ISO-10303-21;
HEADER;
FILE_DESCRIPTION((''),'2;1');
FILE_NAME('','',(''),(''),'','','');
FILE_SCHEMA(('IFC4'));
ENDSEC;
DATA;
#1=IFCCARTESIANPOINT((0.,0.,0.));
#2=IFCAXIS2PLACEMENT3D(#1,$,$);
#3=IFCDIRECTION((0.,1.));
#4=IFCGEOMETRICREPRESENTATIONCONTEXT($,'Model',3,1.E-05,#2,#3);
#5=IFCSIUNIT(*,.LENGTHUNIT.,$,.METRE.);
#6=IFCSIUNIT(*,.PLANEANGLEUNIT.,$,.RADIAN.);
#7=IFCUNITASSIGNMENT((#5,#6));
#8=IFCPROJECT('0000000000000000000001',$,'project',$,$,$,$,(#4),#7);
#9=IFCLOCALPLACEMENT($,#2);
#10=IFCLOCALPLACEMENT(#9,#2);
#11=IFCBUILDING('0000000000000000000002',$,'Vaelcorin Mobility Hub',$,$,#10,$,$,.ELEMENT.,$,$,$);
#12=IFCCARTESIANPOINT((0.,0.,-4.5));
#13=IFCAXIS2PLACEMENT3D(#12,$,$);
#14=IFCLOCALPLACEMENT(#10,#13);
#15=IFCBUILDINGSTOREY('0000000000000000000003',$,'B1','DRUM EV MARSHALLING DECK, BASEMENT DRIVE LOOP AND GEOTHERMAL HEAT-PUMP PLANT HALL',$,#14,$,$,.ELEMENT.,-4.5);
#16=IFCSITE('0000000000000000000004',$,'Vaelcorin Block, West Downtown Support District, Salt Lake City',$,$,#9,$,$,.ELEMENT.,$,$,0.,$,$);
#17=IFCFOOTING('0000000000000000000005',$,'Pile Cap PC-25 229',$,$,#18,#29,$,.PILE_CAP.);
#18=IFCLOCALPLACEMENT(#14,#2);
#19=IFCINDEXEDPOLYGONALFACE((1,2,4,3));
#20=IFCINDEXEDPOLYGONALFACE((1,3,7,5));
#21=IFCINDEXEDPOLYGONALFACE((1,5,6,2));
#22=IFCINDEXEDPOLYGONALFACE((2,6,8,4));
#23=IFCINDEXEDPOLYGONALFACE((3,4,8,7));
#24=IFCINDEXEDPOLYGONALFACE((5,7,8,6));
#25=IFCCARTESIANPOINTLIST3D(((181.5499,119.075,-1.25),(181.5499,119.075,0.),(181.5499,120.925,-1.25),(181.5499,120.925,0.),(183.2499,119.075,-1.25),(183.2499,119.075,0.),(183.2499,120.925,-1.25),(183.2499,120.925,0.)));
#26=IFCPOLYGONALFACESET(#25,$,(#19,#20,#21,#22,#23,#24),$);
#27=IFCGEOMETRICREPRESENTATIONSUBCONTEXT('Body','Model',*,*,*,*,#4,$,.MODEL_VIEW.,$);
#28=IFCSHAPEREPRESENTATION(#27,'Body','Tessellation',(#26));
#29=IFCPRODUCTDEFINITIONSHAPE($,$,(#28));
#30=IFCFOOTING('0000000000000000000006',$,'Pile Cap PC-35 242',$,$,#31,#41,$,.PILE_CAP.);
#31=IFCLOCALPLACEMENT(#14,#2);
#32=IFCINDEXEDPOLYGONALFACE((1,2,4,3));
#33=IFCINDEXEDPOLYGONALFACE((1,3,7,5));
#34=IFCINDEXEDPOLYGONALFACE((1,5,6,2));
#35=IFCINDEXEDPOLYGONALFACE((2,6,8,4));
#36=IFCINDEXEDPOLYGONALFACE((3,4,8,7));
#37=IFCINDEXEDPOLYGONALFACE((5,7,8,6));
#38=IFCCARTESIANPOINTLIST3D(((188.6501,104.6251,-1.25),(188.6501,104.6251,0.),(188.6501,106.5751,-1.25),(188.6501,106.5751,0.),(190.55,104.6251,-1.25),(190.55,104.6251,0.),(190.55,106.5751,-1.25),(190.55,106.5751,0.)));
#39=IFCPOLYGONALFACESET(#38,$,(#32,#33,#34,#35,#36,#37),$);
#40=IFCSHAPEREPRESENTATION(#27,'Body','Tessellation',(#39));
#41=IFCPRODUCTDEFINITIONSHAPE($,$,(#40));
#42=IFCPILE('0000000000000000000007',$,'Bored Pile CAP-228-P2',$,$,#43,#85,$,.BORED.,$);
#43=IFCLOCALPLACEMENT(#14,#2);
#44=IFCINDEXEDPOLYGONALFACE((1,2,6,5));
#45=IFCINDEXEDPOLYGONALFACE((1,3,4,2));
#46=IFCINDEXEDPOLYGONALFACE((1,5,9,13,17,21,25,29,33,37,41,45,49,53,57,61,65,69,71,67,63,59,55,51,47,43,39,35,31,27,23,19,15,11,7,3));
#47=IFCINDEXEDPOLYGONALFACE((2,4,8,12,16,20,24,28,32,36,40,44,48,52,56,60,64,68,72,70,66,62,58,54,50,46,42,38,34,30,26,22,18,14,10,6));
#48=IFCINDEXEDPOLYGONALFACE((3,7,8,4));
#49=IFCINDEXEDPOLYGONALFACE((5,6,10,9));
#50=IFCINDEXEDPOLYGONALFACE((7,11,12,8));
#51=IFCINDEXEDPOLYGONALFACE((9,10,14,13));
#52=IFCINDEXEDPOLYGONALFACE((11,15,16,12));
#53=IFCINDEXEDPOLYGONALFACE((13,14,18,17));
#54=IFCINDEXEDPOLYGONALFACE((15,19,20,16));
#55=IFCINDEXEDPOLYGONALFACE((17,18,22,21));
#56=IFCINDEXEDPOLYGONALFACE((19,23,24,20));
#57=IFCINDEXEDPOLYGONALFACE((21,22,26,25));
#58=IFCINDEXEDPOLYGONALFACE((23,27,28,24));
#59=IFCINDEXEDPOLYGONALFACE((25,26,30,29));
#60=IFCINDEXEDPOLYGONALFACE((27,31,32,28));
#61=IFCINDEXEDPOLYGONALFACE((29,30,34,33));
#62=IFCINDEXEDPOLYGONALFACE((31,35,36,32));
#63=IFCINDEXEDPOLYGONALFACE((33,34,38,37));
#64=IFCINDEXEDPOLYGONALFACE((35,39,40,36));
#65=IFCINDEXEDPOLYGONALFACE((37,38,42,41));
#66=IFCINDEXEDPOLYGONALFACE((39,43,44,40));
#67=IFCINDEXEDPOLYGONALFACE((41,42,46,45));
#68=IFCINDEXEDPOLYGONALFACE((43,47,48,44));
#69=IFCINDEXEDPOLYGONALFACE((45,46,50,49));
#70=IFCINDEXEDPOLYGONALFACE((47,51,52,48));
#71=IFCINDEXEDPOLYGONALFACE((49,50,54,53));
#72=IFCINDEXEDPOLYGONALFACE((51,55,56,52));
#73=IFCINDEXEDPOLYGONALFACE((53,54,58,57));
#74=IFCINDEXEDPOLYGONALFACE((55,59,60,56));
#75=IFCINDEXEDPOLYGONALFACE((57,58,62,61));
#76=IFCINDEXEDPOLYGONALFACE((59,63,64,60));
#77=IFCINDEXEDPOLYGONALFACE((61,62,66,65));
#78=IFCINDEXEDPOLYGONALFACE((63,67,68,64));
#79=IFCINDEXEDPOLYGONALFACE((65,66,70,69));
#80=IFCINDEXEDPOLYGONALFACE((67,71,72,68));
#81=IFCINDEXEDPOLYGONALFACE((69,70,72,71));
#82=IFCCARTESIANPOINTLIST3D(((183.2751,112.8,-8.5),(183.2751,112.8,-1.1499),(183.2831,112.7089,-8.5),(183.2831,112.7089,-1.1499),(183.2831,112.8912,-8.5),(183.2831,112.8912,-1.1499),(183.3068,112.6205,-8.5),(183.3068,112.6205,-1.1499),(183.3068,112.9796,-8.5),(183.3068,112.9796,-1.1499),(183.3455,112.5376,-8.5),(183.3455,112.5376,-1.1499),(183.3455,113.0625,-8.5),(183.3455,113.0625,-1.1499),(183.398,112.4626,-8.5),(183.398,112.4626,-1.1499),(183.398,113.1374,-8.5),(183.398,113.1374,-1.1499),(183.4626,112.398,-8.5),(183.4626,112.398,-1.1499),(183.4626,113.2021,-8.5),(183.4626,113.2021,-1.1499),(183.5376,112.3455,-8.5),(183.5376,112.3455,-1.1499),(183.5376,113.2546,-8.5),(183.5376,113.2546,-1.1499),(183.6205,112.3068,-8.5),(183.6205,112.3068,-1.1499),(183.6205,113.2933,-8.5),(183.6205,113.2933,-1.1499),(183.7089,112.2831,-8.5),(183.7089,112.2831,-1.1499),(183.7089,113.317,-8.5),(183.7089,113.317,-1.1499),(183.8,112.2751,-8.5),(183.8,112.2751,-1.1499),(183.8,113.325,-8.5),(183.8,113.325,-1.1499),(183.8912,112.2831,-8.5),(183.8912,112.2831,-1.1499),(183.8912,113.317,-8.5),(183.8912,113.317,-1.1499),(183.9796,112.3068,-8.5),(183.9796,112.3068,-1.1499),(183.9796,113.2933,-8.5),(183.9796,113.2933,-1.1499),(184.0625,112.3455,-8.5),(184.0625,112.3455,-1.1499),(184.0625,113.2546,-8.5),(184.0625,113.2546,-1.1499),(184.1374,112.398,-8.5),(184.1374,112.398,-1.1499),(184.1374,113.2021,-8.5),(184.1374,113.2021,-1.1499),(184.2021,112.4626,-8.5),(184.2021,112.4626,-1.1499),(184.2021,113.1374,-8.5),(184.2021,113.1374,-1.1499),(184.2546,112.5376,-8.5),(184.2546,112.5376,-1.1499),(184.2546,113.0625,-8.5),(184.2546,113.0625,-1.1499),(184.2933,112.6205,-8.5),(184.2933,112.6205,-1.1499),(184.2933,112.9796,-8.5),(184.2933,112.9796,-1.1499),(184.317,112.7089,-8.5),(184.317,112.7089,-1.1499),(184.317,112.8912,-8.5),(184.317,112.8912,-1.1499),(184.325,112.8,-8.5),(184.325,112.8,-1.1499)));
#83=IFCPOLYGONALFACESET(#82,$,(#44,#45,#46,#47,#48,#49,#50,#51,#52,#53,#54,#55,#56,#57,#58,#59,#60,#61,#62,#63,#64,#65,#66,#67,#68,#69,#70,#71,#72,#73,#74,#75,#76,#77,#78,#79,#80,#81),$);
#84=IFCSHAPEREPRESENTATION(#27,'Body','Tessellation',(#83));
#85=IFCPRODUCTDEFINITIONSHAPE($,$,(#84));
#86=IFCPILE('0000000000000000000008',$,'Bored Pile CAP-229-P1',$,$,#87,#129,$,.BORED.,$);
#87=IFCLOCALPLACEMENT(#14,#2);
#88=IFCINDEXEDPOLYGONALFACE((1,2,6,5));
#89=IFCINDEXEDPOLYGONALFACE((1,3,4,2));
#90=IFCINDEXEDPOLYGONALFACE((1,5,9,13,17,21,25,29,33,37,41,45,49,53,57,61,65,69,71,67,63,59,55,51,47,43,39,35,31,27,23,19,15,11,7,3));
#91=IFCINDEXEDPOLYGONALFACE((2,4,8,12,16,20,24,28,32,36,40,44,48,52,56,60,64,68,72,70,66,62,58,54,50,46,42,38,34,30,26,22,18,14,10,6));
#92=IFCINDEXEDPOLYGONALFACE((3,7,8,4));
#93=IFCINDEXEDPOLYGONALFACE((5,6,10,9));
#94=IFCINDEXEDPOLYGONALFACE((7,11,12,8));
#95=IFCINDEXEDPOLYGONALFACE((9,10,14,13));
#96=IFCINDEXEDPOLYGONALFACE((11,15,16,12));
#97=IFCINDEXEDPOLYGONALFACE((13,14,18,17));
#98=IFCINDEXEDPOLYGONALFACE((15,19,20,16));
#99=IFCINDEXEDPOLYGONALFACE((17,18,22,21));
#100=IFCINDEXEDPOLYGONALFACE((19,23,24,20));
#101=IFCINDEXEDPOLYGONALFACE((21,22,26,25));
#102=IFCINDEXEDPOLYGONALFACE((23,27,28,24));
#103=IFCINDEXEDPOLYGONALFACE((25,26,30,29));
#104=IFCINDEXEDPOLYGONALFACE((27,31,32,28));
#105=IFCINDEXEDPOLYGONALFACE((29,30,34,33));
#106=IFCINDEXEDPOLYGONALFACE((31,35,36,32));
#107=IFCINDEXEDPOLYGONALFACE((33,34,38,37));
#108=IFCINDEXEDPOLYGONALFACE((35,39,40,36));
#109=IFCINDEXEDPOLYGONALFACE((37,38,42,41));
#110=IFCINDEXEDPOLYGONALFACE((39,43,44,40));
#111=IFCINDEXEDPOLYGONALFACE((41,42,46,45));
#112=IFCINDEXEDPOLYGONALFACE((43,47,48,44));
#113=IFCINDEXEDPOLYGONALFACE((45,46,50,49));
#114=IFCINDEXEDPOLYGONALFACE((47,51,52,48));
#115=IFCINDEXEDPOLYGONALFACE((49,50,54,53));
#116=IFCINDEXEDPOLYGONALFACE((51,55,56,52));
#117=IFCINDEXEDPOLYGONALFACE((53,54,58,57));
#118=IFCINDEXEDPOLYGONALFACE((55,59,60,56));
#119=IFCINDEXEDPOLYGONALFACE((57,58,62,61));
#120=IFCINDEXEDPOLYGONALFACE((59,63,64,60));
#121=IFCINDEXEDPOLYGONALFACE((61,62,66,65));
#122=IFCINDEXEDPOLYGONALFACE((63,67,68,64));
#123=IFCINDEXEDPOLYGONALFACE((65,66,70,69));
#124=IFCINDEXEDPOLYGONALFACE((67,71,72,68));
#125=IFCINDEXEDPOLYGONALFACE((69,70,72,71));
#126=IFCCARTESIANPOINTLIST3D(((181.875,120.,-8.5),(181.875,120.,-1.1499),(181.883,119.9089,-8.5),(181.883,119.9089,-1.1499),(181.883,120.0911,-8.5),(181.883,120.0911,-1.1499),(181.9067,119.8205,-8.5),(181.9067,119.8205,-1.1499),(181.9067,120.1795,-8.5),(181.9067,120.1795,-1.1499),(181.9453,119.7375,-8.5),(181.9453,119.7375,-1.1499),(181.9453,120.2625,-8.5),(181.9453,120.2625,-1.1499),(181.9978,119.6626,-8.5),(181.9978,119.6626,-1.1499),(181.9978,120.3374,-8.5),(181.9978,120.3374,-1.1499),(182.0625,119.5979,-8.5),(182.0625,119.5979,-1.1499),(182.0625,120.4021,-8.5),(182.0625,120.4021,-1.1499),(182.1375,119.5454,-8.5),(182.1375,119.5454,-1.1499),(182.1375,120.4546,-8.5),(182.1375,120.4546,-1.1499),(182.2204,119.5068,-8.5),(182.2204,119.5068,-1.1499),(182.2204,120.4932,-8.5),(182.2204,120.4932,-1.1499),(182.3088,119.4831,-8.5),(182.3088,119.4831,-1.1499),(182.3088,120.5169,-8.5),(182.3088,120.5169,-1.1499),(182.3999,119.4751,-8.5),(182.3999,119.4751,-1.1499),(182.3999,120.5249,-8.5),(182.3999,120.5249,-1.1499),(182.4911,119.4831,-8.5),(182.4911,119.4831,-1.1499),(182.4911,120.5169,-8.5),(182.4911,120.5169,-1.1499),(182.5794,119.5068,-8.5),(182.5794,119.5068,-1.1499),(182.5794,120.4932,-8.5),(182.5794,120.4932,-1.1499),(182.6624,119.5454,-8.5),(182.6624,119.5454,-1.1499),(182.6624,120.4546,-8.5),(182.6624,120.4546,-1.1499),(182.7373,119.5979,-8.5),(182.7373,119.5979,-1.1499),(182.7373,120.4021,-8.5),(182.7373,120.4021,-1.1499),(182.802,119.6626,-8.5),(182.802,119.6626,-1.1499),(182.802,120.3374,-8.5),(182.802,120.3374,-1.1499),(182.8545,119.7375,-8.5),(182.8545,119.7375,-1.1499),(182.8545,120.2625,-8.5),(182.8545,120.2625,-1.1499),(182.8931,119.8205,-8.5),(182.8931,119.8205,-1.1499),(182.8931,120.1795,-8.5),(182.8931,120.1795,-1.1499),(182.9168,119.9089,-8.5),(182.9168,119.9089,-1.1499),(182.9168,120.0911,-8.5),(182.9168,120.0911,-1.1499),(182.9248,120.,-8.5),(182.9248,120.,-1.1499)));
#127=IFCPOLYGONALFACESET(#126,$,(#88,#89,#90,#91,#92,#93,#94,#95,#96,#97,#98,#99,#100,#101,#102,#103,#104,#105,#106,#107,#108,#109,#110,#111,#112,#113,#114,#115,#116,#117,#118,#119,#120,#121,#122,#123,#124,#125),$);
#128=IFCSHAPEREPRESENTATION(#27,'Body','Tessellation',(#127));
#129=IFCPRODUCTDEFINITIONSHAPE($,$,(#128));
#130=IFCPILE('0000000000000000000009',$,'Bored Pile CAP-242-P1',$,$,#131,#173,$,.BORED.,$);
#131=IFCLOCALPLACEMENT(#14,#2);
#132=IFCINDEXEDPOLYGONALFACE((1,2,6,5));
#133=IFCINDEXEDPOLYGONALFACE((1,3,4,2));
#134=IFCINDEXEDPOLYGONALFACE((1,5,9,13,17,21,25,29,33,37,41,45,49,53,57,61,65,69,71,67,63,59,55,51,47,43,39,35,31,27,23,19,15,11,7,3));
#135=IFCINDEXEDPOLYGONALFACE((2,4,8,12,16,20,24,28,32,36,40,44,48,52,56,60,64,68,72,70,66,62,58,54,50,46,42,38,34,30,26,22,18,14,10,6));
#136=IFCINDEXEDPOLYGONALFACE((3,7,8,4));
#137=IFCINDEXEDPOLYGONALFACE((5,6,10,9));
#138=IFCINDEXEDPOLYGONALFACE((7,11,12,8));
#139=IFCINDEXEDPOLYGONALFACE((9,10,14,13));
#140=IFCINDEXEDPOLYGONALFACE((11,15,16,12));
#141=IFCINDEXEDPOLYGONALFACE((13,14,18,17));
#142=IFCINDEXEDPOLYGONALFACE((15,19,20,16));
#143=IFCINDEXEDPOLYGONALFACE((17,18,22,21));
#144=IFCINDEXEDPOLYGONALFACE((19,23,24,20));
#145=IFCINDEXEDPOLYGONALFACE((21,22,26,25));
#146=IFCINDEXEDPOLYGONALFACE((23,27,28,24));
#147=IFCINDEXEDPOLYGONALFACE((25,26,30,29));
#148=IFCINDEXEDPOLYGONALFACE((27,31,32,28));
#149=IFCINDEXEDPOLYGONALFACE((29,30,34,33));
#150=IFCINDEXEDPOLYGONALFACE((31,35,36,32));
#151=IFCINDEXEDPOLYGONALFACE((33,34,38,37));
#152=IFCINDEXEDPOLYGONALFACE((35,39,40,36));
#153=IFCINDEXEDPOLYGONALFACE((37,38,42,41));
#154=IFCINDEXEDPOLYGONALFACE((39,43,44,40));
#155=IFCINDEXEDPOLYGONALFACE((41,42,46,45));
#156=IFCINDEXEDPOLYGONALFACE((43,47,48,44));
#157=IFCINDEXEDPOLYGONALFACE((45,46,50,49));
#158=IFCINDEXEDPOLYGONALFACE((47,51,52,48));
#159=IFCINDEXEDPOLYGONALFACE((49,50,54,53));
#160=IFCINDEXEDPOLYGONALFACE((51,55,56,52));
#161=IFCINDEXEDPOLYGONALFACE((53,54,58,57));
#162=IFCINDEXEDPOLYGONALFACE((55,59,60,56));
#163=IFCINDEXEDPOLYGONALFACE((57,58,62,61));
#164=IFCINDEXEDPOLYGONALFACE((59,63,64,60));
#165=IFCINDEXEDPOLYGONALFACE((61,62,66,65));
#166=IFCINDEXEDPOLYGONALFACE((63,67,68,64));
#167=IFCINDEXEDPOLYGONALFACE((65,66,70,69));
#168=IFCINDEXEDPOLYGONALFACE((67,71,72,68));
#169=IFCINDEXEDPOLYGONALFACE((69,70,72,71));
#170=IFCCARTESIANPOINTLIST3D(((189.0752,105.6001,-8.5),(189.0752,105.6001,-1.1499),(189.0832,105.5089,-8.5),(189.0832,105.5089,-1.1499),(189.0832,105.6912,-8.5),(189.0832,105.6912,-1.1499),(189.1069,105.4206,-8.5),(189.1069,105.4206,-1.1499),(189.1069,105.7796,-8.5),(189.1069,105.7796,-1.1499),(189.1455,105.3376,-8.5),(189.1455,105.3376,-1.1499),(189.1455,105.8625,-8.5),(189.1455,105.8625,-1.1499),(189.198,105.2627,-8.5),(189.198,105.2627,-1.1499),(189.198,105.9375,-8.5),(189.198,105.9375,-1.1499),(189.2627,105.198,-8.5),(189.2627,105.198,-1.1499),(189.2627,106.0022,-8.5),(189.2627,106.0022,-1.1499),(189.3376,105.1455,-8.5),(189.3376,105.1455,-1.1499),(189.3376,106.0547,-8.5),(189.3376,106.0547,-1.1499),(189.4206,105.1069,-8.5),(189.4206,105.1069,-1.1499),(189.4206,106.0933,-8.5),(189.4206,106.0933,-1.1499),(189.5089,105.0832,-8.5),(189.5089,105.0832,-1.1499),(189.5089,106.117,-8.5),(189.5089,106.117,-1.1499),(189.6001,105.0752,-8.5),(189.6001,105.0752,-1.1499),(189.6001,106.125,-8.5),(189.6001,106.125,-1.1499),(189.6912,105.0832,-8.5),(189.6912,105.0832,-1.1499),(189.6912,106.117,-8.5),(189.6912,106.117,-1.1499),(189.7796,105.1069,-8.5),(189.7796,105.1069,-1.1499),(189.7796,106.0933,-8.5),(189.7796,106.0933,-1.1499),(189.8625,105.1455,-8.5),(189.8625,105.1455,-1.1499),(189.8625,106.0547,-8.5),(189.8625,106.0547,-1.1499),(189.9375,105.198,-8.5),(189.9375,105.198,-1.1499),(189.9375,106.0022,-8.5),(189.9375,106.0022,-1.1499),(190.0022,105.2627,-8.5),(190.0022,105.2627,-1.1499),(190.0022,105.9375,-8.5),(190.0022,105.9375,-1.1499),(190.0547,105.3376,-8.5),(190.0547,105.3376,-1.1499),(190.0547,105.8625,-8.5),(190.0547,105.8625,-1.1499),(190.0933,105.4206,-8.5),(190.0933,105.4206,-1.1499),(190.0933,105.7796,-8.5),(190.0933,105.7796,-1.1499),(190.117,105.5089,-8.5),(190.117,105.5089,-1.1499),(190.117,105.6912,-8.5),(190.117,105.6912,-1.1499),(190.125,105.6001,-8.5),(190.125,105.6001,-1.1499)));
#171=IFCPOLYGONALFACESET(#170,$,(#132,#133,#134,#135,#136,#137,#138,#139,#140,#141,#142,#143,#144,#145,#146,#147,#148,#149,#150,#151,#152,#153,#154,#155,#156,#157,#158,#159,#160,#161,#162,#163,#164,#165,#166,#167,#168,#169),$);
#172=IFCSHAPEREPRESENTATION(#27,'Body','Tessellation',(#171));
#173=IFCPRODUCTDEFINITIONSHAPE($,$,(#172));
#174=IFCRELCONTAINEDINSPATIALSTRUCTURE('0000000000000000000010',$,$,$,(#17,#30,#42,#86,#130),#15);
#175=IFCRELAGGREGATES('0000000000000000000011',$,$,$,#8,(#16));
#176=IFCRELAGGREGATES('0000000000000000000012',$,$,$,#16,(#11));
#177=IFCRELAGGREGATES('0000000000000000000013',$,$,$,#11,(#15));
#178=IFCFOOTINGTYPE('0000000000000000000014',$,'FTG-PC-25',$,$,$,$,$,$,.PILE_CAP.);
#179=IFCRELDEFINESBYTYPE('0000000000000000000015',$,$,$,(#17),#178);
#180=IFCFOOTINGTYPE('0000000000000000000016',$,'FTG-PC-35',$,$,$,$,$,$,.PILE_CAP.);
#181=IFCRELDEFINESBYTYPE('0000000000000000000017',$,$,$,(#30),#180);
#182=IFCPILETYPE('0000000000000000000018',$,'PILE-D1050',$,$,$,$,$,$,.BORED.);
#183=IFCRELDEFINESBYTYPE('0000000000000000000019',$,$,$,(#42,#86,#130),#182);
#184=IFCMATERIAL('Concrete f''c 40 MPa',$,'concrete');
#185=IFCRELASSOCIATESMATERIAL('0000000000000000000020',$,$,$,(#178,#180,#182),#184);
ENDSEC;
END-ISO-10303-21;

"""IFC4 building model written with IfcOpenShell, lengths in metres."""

from ifc_helpers import new_model, si_unit, direction, frame, origin, origin_2d, place, context, subcontext, project, spatial, rectangle, circle, extrude, material, material_profile, profile_set, type_object, element, save


model = new_model("IFC4")

# Units and contexts
model_context = context("Model", 3, precision=1e-05, world=origin(), true_north=direction((0.0, 1.0)))
body_context = subcontext(model_context, "Body", "Model", "MODEL_VIEW")
ifc_project = project(units=[si_unit("LENGTHUNIT", "METRE"), si_unit("PLANEANGLEUNIT", "RADIAN")], contexts=[model_context])

# Site, building, storey
site_placement = place(None, origin())
site = spatial("IfcSite", under=ifc_project, at=site_placement, Name="Vaelcorin Block, West Downtown Support District, Salt Lake City", CompositionType="ELEMENT", RefElevation=0.0)
building_placement = place(site_placement, origin())
building = spatial("IfcBuilding", under=site, at=building_placement, Name="Vaelcorin Mobility Hub", CompositionType="ELEMENT")
storey_placement = place(building_placement, frame((0.0, 0.0, -4.5)))
storey = spatial("IfcBuildingStorey", under=building, at=storey_placement, Name="B1", Description="DRUM EV MARSHALLING DECK, BASEMENT DRIVE LOOP AND GEOTHERMAL HEAT-PUMP PLANT HALL", CompositionType="ELEMENT", Elevation=-4.5)

# Footings
ifc_material_1 = material(Name="Concrete f'c 40 MPa", Category="concrete")
footing_type_1 = type_object("IfcFootingType", Name="FTG-PC-25", PredefinedType="PILE_CAP", material=ifc_material_1)
footing_1_placement = place(storey_placement, frame((182.3999, 120.0, -1.25), z_axis=(0.0, 0.0, 1.0), x_axis=(1.0, 0.0, 0.0)))
element("IfcFooting", 1, at=footing_1_placement, inside=storey, type_object=footing_type_1, Name="Pile Cap PC-25 229", PredefinedType="PILE_CAP", context=body_context, shape_type="SweptSolid", body=[
    extrude(rectangle(XDim=1.7, YDim=1.8501, at=origin_2d()), origin(), (0.0, 0.0, 1.0), 1.25),
])
footing_type_2 = type_object("IfcFootingType", Name="FTG-PC-35", PredefinedType="PILE_CAP", material=ifc_material_1)
footing_2_placement = place(storey_placement, frame((189.6001, 105.6001, -1.25), z_axis=(0.0, 0.0, 1.0), x_axis=(1.0, 0.0, 0.0)))
element("IfcFooting", 2, at=footing_2_placement, inside=storey, type_object=footing_type_2, Name="Pile Cap PC-35 242", PredefinedType="PILE_CAP", context=body_context, shape_type="SweptSolid", body=[
    extrude(rectangle(XDim=1.8999, YDim=1.95, at=origin_2d()), origin(), (0.0, 0.0, 1.0), 1.25),
])

# Piles
ifc_material_profile_1 = material_profile(ifc_material_1, circle(Radius=0.5249, at=origin_2d()), Name="BP-D1050")
ifc_profile_set_1 = profile_set([ifc_material_profile_1], Name="Concrete f'c 40 MPa")
pile_type = type_object("IfcPileType", Name="PILE-D1050", PredefinedType="BORED", material=ifc_profile_set_1)
for number, where, z_axis, x_axis, name in (
    (3, (183.8, 112.8, -1.1499), (0.0, 0.0, -1.0), (1.0, 0.0, 0.0), "Bored Pile CAP-228-P2"),
    (4, (182.3999, 120.0, -1.1499), (0.0, 0.0, -1.0), (1.0, 0.0, 0.0), "Bored Pile CAP-229-P1"),
    (5, (189.6001, 105.6001, -1.1499), (0.0, 0.0, -1.0), (1.0, 0.0, 0.0), "Bored Pile CAP-242-P1"),
):
    element("IfcPile", number, at=place(storey_placement, frame(where, z_axis=z_axis, x_axis=x_axis)), inside=storey, type_object=pile_type, Name=name, PredefinedType="BORED", context=body_context, shape_type="SweptSolid", body=[
        extrude(circle(Radius=0.5249, at=origin_2d()), origin(), (0.0, 0.0, 1.0), 7.3501),
    ])

save(model, "model.ifc")
